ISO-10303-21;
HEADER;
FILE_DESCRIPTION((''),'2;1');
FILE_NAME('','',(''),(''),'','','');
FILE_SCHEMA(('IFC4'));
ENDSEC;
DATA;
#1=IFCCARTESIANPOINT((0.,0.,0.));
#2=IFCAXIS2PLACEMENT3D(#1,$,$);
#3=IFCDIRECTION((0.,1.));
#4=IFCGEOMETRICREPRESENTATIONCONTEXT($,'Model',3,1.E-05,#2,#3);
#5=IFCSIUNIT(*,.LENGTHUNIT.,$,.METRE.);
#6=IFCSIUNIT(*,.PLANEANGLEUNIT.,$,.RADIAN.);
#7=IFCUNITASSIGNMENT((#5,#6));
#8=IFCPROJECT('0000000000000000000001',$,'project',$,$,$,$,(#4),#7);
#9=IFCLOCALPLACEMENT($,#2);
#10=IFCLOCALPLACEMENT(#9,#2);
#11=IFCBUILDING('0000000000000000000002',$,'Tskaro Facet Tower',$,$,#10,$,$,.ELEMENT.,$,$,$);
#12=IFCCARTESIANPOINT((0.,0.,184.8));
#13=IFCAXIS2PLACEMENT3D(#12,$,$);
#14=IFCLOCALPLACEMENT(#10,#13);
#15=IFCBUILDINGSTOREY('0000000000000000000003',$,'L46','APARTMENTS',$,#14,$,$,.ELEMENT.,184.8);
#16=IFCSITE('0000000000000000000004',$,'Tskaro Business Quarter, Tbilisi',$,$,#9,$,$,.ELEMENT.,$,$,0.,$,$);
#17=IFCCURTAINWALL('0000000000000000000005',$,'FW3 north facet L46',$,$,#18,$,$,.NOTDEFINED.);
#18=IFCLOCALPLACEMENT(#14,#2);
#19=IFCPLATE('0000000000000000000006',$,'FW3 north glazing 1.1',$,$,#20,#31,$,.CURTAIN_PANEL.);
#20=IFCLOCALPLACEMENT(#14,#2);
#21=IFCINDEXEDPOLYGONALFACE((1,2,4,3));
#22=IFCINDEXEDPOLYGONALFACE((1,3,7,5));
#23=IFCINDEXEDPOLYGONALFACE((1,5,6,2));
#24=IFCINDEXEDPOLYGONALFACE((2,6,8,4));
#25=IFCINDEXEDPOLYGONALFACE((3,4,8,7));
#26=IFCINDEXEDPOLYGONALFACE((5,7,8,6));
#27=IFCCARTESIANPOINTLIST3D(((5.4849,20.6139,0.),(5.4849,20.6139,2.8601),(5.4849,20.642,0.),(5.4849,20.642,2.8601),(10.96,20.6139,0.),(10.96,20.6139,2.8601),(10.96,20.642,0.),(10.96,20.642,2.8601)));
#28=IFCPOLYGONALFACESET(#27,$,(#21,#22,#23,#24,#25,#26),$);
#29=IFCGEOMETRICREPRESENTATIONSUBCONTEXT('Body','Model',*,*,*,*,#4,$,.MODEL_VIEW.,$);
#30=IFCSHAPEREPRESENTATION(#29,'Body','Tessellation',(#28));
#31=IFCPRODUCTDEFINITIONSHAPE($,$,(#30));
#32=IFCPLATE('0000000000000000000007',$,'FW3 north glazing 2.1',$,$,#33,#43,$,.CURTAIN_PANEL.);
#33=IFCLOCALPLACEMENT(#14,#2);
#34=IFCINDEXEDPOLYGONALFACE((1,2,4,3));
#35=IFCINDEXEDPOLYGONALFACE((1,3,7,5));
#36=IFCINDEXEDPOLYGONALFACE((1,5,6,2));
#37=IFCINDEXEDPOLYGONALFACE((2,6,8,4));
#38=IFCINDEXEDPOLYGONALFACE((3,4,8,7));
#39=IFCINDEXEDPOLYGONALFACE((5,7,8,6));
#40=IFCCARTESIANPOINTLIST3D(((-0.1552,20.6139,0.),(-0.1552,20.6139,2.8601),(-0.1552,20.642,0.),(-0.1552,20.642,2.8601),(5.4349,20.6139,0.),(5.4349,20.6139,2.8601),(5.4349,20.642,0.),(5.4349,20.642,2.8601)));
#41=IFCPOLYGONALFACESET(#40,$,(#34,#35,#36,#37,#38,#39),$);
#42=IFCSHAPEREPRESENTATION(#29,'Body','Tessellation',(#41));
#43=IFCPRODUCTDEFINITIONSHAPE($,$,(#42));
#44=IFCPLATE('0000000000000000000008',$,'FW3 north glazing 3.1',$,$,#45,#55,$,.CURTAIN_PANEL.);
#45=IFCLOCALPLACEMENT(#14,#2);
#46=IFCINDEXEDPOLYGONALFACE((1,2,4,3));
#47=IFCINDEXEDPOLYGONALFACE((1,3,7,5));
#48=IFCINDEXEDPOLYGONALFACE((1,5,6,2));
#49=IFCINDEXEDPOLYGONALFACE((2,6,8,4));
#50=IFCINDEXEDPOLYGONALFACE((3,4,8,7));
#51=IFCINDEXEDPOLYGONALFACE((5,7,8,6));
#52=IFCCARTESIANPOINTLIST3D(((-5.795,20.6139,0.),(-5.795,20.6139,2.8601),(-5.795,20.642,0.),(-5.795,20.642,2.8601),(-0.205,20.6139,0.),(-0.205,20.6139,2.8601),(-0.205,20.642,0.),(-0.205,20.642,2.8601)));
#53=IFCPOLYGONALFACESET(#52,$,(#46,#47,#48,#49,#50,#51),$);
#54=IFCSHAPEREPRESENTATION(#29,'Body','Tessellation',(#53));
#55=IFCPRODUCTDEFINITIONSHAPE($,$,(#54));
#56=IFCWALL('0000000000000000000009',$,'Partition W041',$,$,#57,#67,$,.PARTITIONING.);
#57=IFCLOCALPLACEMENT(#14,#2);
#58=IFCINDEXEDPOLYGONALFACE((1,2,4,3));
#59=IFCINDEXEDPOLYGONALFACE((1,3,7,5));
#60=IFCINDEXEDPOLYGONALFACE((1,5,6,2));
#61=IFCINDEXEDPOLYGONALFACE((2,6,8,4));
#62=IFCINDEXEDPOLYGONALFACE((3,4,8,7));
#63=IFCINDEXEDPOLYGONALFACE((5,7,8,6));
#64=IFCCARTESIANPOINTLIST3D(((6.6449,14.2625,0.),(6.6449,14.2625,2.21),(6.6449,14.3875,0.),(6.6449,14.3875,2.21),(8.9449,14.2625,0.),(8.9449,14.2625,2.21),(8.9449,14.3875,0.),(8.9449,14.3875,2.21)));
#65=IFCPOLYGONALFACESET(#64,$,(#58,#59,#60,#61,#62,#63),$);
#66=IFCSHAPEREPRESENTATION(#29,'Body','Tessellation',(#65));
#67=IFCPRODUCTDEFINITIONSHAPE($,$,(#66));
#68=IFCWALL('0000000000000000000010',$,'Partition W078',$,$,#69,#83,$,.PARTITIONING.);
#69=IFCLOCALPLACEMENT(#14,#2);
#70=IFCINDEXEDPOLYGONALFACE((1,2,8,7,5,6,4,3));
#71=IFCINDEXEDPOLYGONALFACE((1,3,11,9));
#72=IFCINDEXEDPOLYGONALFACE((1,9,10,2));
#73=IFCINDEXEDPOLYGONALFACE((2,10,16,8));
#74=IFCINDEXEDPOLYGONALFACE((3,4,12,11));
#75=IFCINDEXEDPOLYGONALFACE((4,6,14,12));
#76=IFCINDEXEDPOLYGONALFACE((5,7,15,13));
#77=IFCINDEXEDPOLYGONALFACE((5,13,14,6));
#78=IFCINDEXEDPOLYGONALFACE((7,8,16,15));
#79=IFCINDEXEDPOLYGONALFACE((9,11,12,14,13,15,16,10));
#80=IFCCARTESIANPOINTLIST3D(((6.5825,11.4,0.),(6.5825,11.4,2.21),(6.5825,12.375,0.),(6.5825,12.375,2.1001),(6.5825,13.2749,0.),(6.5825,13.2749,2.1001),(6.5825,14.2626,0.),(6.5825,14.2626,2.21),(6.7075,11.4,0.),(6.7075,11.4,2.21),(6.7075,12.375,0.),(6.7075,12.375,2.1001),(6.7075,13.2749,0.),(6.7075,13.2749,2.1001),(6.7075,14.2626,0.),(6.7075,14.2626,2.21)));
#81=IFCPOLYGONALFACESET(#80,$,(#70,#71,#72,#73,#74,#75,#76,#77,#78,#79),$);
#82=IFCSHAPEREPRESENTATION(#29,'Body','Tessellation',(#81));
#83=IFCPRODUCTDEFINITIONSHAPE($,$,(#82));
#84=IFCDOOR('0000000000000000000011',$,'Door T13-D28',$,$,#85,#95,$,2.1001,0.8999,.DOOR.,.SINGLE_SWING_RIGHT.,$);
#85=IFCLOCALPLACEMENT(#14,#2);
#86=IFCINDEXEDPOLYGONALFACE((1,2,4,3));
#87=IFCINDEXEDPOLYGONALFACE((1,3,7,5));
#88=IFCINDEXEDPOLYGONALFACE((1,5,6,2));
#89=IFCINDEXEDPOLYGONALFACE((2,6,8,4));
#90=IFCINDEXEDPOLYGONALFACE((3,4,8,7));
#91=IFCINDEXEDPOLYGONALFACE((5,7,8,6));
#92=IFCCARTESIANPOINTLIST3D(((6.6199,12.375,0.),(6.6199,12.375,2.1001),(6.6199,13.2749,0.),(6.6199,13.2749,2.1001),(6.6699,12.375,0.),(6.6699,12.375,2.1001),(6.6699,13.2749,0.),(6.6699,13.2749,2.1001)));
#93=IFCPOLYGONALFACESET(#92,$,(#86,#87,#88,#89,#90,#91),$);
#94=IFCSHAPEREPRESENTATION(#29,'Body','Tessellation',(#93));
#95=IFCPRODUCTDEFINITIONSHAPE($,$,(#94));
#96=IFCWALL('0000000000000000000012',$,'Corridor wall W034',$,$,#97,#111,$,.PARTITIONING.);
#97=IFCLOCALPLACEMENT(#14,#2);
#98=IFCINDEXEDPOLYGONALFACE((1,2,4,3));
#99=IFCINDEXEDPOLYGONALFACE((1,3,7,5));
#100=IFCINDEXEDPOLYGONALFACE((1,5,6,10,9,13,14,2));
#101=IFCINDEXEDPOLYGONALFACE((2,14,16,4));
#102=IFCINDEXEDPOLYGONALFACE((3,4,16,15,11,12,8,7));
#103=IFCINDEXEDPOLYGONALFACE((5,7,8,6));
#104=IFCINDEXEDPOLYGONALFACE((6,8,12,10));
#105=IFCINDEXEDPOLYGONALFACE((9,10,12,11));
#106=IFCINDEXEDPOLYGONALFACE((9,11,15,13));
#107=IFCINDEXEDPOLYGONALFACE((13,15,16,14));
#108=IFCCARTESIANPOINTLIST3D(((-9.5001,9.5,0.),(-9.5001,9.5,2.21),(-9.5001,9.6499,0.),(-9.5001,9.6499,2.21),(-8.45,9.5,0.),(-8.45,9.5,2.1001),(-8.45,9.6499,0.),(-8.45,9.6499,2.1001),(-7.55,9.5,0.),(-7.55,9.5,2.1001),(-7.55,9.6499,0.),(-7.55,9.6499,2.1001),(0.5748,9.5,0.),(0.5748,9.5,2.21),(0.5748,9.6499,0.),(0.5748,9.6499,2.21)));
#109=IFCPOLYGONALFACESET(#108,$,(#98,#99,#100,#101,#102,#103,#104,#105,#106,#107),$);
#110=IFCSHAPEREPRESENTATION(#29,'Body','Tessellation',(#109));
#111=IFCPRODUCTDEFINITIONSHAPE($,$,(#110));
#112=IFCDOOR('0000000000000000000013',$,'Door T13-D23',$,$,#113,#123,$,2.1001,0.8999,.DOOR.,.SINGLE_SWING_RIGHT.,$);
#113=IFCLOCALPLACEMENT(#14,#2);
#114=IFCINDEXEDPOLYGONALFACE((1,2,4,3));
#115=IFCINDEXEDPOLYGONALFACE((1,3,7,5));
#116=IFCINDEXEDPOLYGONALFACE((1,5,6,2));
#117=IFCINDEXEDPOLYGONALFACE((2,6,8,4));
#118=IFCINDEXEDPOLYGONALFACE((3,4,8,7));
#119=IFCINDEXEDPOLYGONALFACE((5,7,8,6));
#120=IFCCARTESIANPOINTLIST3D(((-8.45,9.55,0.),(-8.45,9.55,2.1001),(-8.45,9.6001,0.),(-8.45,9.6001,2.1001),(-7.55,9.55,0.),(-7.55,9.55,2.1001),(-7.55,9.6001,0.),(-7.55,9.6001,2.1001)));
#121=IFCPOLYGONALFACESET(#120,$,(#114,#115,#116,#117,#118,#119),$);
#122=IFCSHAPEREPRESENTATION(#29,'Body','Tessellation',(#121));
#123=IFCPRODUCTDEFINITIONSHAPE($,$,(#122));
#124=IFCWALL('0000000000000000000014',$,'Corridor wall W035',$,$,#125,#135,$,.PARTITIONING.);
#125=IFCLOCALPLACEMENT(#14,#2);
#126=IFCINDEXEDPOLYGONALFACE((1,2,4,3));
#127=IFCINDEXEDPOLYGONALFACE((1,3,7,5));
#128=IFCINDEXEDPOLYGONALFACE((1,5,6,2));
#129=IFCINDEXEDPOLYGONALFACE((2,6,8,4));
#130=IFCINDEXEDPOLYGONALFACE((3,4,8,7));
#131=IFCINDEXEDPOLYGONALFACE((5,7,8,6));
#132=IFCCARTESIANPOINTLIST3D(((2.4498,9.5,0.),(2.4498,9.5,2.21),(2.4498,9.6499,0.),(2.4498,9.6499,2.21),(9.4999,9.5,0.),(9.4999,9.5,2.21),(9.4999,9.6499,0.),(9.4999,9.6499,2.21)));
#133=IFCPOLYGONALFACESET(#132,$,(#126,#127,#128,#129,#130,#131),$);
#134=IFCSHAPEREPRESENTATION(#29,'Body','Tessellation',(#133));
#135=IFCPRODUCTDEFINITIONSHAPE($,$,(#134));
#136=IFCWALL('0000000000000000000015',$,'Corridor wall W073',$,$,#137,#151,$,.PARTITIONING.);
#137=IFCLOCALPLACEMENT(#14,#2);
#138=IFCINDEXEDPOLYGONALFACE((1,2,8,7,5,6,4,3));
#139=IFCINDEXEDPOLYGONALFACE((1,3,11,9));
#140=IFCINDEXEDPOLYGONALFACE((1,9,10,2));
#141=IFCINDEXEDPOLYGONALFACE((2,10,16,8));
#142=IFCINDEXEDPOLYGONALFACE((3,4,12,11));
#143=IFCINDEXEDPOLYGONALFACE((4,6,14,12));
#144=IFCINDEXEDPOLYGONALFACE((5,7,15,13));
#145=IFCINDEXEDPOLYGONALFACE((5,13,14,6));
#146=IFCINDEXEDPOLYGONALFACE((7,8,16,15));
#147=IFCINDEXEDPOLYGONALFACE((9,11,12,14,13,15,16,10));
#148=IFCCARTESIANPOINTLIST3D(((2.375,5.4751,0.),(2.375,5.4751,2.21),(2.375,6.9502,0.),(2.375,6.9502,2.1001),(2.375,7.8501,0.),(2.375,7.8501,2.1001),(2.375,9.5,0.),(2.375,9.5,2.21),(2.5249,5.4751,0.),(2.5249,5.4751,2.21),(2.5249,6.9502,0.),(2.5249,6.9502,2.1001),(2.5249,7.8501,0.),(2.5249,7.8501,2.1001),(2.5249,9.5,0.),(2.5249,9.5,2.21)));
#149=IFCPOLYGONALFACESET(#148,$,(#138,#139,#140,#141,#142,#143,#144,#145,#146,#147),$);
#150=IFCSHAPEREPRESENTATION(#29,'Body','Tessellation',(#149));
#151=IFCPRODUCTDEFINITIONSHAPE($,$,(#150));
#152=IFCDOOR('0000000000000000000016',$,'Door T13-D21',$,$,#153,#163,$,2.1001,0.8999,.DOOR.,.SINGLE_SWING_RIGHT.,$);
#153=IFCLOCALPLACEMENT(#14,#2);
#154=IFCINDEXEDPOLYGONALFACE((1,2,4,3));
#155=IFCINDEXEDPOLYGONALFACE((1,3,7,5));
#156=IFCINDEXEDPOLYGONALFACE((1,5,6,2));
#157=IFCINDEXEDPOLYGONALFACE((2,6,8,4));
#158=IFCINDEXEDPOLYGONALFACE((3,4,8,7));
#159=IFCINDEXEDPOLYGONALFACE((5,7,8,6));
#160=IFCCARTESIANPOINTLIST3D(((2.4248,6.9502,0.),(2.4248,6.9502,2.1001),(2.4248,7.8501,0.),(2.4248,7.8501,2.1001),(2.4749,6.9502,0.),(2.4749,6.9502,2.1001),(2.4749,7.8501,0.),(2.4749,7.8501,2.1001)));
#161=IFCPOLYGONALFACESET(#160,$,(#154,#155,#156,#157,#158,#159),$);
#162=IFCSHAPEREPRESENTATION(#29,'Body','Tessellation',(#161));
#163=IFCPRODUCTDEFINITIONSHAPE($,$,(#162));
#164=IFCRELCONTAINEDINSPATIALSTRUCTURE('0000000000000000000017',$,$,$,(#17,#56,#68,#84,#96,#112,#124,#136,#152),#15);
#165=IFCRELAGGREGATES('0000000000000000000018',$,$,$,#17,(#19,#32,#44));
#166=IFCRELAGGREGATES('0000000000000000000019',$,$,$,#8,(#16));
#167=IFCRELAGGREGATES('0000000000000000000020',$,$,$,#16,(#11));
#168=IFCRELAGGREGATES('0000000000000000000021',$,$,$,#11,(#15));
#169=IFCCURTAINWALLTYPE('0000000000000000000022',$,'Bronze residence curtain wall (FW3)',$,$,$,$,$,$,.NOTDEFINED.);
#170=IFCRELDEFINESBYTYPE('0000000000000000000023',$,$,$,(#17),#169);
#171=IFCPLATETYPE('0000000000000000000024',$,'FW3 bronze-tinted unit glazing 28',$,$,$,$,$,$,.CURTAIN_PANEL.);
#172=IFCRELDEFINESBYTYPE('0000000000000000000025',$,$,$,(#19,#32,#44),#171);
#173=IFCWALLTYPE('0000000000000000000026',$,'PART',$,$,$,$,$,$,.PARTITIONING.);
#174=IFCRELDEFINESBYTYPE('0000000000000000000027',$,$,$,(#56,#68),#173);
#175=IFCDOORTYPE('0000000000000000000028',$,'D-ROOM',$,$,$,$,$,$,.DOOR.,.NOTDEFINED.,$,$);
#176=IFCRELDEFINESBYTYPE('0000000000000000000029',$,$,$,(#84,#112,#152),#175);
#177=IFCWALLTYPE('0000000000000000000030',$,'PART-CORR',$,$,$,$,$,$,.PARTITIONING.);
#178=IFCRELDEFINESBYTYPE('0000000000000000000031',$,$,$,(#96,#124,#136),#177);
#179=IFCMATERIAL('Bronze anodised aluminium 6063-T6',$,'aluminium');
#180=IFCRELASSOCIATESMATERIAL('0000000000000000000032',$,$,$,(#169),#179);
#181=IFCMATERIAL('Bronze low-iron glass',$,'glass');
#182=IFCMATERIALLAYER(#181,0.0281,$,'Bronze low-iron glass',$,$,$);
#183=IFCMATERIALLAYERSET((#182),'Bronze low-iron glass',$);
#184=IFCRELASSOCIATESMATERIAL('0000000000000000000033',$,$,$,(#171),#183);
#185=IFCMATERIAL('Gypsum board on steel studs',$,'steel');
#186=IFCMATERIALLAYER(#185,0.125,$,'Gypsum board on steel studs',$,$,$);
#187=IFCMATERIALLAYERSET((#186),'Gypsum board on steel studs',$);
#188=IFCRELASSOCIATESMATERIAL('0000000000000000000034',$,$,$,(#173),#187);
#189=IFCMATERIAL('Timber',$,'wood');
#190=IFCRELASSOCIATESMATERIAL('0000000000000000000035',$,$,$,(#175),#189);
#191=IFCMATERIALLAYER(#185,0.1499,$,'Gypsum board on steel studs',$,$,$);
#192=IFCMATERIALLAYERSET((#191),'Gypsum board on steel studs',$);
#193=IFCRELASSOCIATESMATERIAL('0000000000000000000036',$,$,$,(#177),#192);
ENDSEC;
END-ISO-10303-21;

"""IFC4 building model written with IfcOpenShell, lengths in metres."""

from ifc_helpers import new_model, si_unit, direction, frame, frame_2d, origin, origin_2d, place, context, subcontext, project, spatial, rectangle, extrude, material, layer, layer_set, type_object, element, fill, aggregate, save


model = new_model("IFC4")

# Units and contexts
model_context = context("Model", 3, precision=1e-05, world=origin(), true_north=direction((0.0, 1.0)))
body_context = subcontext(model_context, "Body", "Model", "MODEL_VIEW")
ifc_project = project(units=[si_unit("LENGTHUNIT", "METRE"), si_unit("PLANEANGLEUNIT", "RADIAN")], contexts=[model_context])

# Site, building, storey
site_placement = place(None, origin())
site = spatial("IfcSite", under=ifc_project, at=site_placement, Name="Tskaro Business Quarter, Tbilisi", CompositionType="ELEMENT", RefElevation=0.0)
building_placement = place(site_placement, origin())
building = spatial("IfcBuilding", under=site, at=building_placement, Name="Tskaro Facet Tower", CompositionType="ELEMENT")
storey_placement = place(building_placement, frame((0.0, 0.0, 184.8)))
storey = spatial("IfcBuildingStorey", under=building, at=storey_placement, Name="L46", Description="APARTMENTS", CompositionType="ELEMENT", Elevation=184.8)

# Curtain wall
ifc_material_1 = material(Name="Bronze anodised aluminium 6063-T6", Category="aluminium")
curtain_wall_type = type_object("IfcCurtainWallType", Name="Bronze residence curtain wall (FW3)", PredefinedType="NOTDEFINED", material=ifc_material_1)
curtain_wall_placement = place(storey_placement, origin())
curtain_wall = element("IfcCurtainWall", 1, at=curtain_wall_placement, inside=storey, type_object=curtain_wall_type, Name="FW3 north facet L46", PredefinedType="NOTDEFINED")

# Plates
ifc_material_2 = material(Name="Bronze low-iron glass", Category="glass")
ifc_layer_1 = layer(ifc_material_2, 0.0281, Name="Bronze low-iron glass")
ifc_layer_set_1 = layer_set([ifc_layer_1], Name="Bronze low-iron glass")
plate_type = type_object("IfcPlateType", Name="FW3 bronze-tinted unit glazing 28", PredefinedType="CURTAIN_PANEL", material=ifc_layer_set_1)
plate_1_placement = place(storey_placement, frame((8.2224, 20.6279, 0.0), z_axis=(0.0, 0.0, 1.0), x_axis=(-1.0, 0.0, 0.0)))
plate_1 = element("IfcPlate", 2, at=plate_1_placement, type_object=plate_type, Name="FW3 north glazing 1.1", PredefinedType="CURTAIN_PANEL", context=body_context, shape_type="SweptSolid", body=[
    extrude(rectangle(XDim=5.4751, YDim=0.0281, at=origin_2d()), origin(), (0.0, 0.0, 1.0), 2.8601),
])
plate_2_placement = place(storey_placement, frame((2.6399, 20.6279, 0.0), z_axis=(0.0, 0.0, 1.0), x_axis=(-1.0, 0.0, 0.0)))
plate_2 = element("IfcPlate", 3, at=plate_2_placement, type_object=plate_type, Name="FW3 north glazing 2.1", PredefinedType="CURTAIN_PANEL", context=body_context, shape_type="SweptSolid", body=[
    extrude(rectangle(XDim=5.5901, YDim=0.0281, at=origin_2d()), origin(), (0.0, 0.0, 1.0), 2.8601),
])
plate_3_placement = place(storey_placement, frame((-3.0, 20.6279, 0.0), z_axis=(0.0, 0.0, 1.0), x_axis=(-1.0, 0.0, 0.0)))
plate_3 = element("IfcPlate", 4, at=plate_3_placement, type_object=plate_type, Name="FW3 north glazing 3.1", PredefinedType="CURTAIN_PANEL", context=body_context, shape_type="SweptSolid", body=[
    extrude(rectangle(XDim=5.5901, YDim=0.0281, at=origin_2d()), origin(), (0.0, 0.0, 1.0), 2.8601),
])
aggregate(curtain_wall, [plate_1, plate_2, plate_3])

# Wall
ifc_material_3 = material(Name="Gypsum board on steel studs", Category="steel")
ifc_layer_2 = layer(ifc_material_3, 0.125, Name="Gypsum board on steel studs")
ifc_layer_set_2 = layer_set([ifc_layer_2], Name="Gypsum board on steel studs")
wall_type_1 = type_object("IfcWallType", Name="PART", PredefinedType="PARTITIONING", material=ifc_layer_set_2)
wall_1_placement = place(storey_placement, frame((6.645, 14.325, 0.0), z_axis=(0.0, 0.0, 1.0), x_axis=(1.0, 0.0, 0.0)))
element("IfcWall", 5, at=wall_1_placement, inside=storey, type_object=wall_type_1, Name="Partition W041", PredefinedType="PARTITIONING", context=body_context, shape_type="SweptSolid", body=[
    extrude(rectangle(XDim=2.3, YDim=0.125, at=frame_2d((1.1499, 0.0))), origin(), (0.0, 0.0, 1.0), 2.21),
])

# Walls, openings, doors
wall_2_placement = place(storey_placement, frame((6.645, 14.2625, 0.0), z_axis=(0.0, 0.0, 1.0), x_axis=(0.0, -1.0, 0.0)))
wall_2 = element("IfcWall", 6, at=wall_2_placement, inside=storey, type_object=wall_type_1, Name="Partition W078", PredefinedType="PARTITIONING", context=body_context, shape_type="SweptSolid", body=[
    extrude(rectangle(XDim=2.8625, YDim=0.125, at=frame_2d((1.4312, 0.0))), origin(), (0.0, 0.0, 1.0), 2.21),
])
opening_1_placement = place(wall_2_placement, frame((0.9875, 0.0, 0.0)))
opening_1 = element("IfcOpeningElement", 7, at=opening_1_placement, cuts=wall_2, PredefinedType="OPENING", context=body_context, shape_type="SweptSolid", body=[
    extrude(rectangle(XDim=0.8999, YDim=2.1001, at=frame_2d((0.45, 1.05))), frame((0.0, 0.0725, 0.0), z_axis=(0.0, -1.0, 0.0), x_axis=(1.0, 0.0, 0.0)), (0.0, 0.0, 1.0), 0.145),
])
ifc_material_4 = material(Name="Timber", Category="wood")
door_type = type_object("IfcDoorType", Name="D-ROOM", OperationType="NOTDEFINED", PredefinedType="DOOR", material=ifc_material_4)
door_1_placement = place(opening_1_placement, origin())
door_1 = element("IfcDoor", 8, at=door_1_placement, inside=storey, type_object=door_type, Name="Door T13-D28", OperationType="SINGLE_SWING_RIGHT", OverallHeight=2.1001, OverallWidth=0.8999, PredefinedType="DOOR", context=body_context, shape_type="SweptSolid", body=[
    extrude(rectangle(XDim=0.8999, YDim=2.1001, at=frame_2d((0.45, 1.05))), frame((0.0, 0.0249, 0.0), z_axis=(0.0, -1.0, 0.0), x_axis=(1.0, 0.0, 0.0)), (0.0, 0.0, 1.0), 0.05),
])
fill(opening_1, door_1)
ifc_layer_3 = layer(ifc_material_3, 0.1499, Name="Gypsum board on steel studs")
ifc_layer_set_3 = layer_set([ifc_layer_3], Name="Gypsum board on steel studs")
wall_type_2 = type_object("IfcWallType", Name="PART-CORR", PredefinedType="PARTITIONING", material=ifc_layer_set_3)
wall_3_placement = place(storey_placement, frame((0.575, 9.575, 0.0), z_axis=(0.0, 0.0, 1.0), x_axis=(-1.0, 0.0, 0.0)))
wall_3 = element("IfcWall", 9, at=wall_3_placement, inside=storey, type_object=wall_type_2, Name="Corridor wall W034", PredefinedType="PARTITIONING", context=body_context, shape_type="SweptSolid", body=[
    extrude(rectangle(XDim=10.075, YDim=0.1499, at=frame_2d((5.0376, 0.0))), origin(), (0.0, 0.0, 1.0), 2.21),
])
opening_2_placement = place(wall_3_placement, frame((8.125, 0.0, 0.0)))
opening_2 = element("IfcOpeningElement", 10, at=opening_2_placement, cuts=wall_3, PredefinedType="OPENING", context=body_context, shape_type="SweptSolid", body=[
    extrude(rectangle(XDim=0.8999, YDim=2.1001, at=frame_2d((0.45, 1.05))), frame((0.0, 0.085, 0.0), z_axis=(0.0, -1.0, 0.0), x_axis=(1.0, 0.0, 0.0)), (0.0, 0.0, 1.0), 0.1699),
])
door_2_placement = place(opening_2_placement, origin())
door_2 = element("IfcDoor", 11, at=door_2_placement, inside=storey, type_object=door_type, Name="Door T13-D23", OperationType="SINGLE_SWING_RIGHT", OverallHeight=2.1001, OverallWidth=0.8999, PredefinedType="DOOR", context=body_context, shape_type="SweptSolid", body=[
    extrude(rectangle(XDim=0.8999, YDim=2.1001, at=frame_2d((0.45, 1.05))), frame((0.0, 0.0249, 0.0), z_axis=(0.0, -1.0, 0.0), x_axis=(1.0, 0.0, 0.0)), (0.0, 0.0, 1.0), 0.05),
])
fill(opening_2, door_2)

# Wall
wall_4_placement = place(storey_placement, frame((2.45, 9.575, 0.0), z_axis=(0.0, 0.0, 1.0), x_axis=(1.0, 0.0, 0.0)))
element("IfcWall", 12, at=wall_4_placement, inside=storey, type_object=wall_type_2, Name="Corridor wall W035", PredefinedType="PARTITIONING", context=body_context, shape_type="SweptSolid", body=[
    extrude(rectangle(XDim=7.05, YDim=0.1499, at=frame_2d((3.5249, 0.0))), origin(), (0.0, 0.0, 1.0), 2.21),
])

# Wall, opening, door
wall_5_placement = place(storey_placement, frame((2.45, 9.5, 0.0), z_axis=(0.0, 0.0, 1.0), x_axis=(0.0, -1.0, 0.0)))
wall_5 = element("IfcWall", 13, at=wall_5_placement, inside=storey, type_object=wall_type_2, Name="Corridor wall W073", PredefinedType="PARTITIONING", context=body_context, shape_type="SweptSolid", body=[
    extrude(rectangle(XDim=4.0249, YDim=0.1499, at=frame_2d((2.0125, 0.0))), origin(), (0.0, 0.0, 1.0), 2.21),
])
opening_3_placement = place(wall_5_placement, frame((1.6499, 0.0, 0.0)))
opening_3 = element("IfcOpeningElement", 14, at=opening_3_placement, cuts=wall_5, PredefinedType="OPENING", context=body_context, shape_type="SweptSolid", body=[
    extrude(rectangle(XDim=0.8999, YDim=2.1001, at=frame_2d((0.45, 1.05))), frame((0.0, 0.085, 0.0), z_axis=(0.0, -1.0, 0.0), x_axis=(1.0, 0.0, 0.0)), (0.0, 0.0, 1.0), 0.1699),
])
door_3_placement = place(opening_3_placement, origin())
door_3 = element("IfcDoor", 15, at=door_3_placement, inside=storey, type_object=door_type, Name="Door T13-D21", OperationType="SINGLE_SWING_RIGHT", OverallHeight=2.1001, OverallWidth=0.8999, PredefinedType="DOOR", context=body_context, shape_type="SweptSolid", body=[
    extrude(rectangle(XDim=0.8999, YDim=2.1001, at=frame_2d((0.45, 1.05))), frame((0.0, 0.0249, 0.0), z_axis=(0.0, -1.0, 0.0), x_axis=(1.0, 0.0, 0.0)), (0.0, 0.0, 1.0), 0.05),
])
fill(opening_3, door_3)

save(model, "model.ifc")
